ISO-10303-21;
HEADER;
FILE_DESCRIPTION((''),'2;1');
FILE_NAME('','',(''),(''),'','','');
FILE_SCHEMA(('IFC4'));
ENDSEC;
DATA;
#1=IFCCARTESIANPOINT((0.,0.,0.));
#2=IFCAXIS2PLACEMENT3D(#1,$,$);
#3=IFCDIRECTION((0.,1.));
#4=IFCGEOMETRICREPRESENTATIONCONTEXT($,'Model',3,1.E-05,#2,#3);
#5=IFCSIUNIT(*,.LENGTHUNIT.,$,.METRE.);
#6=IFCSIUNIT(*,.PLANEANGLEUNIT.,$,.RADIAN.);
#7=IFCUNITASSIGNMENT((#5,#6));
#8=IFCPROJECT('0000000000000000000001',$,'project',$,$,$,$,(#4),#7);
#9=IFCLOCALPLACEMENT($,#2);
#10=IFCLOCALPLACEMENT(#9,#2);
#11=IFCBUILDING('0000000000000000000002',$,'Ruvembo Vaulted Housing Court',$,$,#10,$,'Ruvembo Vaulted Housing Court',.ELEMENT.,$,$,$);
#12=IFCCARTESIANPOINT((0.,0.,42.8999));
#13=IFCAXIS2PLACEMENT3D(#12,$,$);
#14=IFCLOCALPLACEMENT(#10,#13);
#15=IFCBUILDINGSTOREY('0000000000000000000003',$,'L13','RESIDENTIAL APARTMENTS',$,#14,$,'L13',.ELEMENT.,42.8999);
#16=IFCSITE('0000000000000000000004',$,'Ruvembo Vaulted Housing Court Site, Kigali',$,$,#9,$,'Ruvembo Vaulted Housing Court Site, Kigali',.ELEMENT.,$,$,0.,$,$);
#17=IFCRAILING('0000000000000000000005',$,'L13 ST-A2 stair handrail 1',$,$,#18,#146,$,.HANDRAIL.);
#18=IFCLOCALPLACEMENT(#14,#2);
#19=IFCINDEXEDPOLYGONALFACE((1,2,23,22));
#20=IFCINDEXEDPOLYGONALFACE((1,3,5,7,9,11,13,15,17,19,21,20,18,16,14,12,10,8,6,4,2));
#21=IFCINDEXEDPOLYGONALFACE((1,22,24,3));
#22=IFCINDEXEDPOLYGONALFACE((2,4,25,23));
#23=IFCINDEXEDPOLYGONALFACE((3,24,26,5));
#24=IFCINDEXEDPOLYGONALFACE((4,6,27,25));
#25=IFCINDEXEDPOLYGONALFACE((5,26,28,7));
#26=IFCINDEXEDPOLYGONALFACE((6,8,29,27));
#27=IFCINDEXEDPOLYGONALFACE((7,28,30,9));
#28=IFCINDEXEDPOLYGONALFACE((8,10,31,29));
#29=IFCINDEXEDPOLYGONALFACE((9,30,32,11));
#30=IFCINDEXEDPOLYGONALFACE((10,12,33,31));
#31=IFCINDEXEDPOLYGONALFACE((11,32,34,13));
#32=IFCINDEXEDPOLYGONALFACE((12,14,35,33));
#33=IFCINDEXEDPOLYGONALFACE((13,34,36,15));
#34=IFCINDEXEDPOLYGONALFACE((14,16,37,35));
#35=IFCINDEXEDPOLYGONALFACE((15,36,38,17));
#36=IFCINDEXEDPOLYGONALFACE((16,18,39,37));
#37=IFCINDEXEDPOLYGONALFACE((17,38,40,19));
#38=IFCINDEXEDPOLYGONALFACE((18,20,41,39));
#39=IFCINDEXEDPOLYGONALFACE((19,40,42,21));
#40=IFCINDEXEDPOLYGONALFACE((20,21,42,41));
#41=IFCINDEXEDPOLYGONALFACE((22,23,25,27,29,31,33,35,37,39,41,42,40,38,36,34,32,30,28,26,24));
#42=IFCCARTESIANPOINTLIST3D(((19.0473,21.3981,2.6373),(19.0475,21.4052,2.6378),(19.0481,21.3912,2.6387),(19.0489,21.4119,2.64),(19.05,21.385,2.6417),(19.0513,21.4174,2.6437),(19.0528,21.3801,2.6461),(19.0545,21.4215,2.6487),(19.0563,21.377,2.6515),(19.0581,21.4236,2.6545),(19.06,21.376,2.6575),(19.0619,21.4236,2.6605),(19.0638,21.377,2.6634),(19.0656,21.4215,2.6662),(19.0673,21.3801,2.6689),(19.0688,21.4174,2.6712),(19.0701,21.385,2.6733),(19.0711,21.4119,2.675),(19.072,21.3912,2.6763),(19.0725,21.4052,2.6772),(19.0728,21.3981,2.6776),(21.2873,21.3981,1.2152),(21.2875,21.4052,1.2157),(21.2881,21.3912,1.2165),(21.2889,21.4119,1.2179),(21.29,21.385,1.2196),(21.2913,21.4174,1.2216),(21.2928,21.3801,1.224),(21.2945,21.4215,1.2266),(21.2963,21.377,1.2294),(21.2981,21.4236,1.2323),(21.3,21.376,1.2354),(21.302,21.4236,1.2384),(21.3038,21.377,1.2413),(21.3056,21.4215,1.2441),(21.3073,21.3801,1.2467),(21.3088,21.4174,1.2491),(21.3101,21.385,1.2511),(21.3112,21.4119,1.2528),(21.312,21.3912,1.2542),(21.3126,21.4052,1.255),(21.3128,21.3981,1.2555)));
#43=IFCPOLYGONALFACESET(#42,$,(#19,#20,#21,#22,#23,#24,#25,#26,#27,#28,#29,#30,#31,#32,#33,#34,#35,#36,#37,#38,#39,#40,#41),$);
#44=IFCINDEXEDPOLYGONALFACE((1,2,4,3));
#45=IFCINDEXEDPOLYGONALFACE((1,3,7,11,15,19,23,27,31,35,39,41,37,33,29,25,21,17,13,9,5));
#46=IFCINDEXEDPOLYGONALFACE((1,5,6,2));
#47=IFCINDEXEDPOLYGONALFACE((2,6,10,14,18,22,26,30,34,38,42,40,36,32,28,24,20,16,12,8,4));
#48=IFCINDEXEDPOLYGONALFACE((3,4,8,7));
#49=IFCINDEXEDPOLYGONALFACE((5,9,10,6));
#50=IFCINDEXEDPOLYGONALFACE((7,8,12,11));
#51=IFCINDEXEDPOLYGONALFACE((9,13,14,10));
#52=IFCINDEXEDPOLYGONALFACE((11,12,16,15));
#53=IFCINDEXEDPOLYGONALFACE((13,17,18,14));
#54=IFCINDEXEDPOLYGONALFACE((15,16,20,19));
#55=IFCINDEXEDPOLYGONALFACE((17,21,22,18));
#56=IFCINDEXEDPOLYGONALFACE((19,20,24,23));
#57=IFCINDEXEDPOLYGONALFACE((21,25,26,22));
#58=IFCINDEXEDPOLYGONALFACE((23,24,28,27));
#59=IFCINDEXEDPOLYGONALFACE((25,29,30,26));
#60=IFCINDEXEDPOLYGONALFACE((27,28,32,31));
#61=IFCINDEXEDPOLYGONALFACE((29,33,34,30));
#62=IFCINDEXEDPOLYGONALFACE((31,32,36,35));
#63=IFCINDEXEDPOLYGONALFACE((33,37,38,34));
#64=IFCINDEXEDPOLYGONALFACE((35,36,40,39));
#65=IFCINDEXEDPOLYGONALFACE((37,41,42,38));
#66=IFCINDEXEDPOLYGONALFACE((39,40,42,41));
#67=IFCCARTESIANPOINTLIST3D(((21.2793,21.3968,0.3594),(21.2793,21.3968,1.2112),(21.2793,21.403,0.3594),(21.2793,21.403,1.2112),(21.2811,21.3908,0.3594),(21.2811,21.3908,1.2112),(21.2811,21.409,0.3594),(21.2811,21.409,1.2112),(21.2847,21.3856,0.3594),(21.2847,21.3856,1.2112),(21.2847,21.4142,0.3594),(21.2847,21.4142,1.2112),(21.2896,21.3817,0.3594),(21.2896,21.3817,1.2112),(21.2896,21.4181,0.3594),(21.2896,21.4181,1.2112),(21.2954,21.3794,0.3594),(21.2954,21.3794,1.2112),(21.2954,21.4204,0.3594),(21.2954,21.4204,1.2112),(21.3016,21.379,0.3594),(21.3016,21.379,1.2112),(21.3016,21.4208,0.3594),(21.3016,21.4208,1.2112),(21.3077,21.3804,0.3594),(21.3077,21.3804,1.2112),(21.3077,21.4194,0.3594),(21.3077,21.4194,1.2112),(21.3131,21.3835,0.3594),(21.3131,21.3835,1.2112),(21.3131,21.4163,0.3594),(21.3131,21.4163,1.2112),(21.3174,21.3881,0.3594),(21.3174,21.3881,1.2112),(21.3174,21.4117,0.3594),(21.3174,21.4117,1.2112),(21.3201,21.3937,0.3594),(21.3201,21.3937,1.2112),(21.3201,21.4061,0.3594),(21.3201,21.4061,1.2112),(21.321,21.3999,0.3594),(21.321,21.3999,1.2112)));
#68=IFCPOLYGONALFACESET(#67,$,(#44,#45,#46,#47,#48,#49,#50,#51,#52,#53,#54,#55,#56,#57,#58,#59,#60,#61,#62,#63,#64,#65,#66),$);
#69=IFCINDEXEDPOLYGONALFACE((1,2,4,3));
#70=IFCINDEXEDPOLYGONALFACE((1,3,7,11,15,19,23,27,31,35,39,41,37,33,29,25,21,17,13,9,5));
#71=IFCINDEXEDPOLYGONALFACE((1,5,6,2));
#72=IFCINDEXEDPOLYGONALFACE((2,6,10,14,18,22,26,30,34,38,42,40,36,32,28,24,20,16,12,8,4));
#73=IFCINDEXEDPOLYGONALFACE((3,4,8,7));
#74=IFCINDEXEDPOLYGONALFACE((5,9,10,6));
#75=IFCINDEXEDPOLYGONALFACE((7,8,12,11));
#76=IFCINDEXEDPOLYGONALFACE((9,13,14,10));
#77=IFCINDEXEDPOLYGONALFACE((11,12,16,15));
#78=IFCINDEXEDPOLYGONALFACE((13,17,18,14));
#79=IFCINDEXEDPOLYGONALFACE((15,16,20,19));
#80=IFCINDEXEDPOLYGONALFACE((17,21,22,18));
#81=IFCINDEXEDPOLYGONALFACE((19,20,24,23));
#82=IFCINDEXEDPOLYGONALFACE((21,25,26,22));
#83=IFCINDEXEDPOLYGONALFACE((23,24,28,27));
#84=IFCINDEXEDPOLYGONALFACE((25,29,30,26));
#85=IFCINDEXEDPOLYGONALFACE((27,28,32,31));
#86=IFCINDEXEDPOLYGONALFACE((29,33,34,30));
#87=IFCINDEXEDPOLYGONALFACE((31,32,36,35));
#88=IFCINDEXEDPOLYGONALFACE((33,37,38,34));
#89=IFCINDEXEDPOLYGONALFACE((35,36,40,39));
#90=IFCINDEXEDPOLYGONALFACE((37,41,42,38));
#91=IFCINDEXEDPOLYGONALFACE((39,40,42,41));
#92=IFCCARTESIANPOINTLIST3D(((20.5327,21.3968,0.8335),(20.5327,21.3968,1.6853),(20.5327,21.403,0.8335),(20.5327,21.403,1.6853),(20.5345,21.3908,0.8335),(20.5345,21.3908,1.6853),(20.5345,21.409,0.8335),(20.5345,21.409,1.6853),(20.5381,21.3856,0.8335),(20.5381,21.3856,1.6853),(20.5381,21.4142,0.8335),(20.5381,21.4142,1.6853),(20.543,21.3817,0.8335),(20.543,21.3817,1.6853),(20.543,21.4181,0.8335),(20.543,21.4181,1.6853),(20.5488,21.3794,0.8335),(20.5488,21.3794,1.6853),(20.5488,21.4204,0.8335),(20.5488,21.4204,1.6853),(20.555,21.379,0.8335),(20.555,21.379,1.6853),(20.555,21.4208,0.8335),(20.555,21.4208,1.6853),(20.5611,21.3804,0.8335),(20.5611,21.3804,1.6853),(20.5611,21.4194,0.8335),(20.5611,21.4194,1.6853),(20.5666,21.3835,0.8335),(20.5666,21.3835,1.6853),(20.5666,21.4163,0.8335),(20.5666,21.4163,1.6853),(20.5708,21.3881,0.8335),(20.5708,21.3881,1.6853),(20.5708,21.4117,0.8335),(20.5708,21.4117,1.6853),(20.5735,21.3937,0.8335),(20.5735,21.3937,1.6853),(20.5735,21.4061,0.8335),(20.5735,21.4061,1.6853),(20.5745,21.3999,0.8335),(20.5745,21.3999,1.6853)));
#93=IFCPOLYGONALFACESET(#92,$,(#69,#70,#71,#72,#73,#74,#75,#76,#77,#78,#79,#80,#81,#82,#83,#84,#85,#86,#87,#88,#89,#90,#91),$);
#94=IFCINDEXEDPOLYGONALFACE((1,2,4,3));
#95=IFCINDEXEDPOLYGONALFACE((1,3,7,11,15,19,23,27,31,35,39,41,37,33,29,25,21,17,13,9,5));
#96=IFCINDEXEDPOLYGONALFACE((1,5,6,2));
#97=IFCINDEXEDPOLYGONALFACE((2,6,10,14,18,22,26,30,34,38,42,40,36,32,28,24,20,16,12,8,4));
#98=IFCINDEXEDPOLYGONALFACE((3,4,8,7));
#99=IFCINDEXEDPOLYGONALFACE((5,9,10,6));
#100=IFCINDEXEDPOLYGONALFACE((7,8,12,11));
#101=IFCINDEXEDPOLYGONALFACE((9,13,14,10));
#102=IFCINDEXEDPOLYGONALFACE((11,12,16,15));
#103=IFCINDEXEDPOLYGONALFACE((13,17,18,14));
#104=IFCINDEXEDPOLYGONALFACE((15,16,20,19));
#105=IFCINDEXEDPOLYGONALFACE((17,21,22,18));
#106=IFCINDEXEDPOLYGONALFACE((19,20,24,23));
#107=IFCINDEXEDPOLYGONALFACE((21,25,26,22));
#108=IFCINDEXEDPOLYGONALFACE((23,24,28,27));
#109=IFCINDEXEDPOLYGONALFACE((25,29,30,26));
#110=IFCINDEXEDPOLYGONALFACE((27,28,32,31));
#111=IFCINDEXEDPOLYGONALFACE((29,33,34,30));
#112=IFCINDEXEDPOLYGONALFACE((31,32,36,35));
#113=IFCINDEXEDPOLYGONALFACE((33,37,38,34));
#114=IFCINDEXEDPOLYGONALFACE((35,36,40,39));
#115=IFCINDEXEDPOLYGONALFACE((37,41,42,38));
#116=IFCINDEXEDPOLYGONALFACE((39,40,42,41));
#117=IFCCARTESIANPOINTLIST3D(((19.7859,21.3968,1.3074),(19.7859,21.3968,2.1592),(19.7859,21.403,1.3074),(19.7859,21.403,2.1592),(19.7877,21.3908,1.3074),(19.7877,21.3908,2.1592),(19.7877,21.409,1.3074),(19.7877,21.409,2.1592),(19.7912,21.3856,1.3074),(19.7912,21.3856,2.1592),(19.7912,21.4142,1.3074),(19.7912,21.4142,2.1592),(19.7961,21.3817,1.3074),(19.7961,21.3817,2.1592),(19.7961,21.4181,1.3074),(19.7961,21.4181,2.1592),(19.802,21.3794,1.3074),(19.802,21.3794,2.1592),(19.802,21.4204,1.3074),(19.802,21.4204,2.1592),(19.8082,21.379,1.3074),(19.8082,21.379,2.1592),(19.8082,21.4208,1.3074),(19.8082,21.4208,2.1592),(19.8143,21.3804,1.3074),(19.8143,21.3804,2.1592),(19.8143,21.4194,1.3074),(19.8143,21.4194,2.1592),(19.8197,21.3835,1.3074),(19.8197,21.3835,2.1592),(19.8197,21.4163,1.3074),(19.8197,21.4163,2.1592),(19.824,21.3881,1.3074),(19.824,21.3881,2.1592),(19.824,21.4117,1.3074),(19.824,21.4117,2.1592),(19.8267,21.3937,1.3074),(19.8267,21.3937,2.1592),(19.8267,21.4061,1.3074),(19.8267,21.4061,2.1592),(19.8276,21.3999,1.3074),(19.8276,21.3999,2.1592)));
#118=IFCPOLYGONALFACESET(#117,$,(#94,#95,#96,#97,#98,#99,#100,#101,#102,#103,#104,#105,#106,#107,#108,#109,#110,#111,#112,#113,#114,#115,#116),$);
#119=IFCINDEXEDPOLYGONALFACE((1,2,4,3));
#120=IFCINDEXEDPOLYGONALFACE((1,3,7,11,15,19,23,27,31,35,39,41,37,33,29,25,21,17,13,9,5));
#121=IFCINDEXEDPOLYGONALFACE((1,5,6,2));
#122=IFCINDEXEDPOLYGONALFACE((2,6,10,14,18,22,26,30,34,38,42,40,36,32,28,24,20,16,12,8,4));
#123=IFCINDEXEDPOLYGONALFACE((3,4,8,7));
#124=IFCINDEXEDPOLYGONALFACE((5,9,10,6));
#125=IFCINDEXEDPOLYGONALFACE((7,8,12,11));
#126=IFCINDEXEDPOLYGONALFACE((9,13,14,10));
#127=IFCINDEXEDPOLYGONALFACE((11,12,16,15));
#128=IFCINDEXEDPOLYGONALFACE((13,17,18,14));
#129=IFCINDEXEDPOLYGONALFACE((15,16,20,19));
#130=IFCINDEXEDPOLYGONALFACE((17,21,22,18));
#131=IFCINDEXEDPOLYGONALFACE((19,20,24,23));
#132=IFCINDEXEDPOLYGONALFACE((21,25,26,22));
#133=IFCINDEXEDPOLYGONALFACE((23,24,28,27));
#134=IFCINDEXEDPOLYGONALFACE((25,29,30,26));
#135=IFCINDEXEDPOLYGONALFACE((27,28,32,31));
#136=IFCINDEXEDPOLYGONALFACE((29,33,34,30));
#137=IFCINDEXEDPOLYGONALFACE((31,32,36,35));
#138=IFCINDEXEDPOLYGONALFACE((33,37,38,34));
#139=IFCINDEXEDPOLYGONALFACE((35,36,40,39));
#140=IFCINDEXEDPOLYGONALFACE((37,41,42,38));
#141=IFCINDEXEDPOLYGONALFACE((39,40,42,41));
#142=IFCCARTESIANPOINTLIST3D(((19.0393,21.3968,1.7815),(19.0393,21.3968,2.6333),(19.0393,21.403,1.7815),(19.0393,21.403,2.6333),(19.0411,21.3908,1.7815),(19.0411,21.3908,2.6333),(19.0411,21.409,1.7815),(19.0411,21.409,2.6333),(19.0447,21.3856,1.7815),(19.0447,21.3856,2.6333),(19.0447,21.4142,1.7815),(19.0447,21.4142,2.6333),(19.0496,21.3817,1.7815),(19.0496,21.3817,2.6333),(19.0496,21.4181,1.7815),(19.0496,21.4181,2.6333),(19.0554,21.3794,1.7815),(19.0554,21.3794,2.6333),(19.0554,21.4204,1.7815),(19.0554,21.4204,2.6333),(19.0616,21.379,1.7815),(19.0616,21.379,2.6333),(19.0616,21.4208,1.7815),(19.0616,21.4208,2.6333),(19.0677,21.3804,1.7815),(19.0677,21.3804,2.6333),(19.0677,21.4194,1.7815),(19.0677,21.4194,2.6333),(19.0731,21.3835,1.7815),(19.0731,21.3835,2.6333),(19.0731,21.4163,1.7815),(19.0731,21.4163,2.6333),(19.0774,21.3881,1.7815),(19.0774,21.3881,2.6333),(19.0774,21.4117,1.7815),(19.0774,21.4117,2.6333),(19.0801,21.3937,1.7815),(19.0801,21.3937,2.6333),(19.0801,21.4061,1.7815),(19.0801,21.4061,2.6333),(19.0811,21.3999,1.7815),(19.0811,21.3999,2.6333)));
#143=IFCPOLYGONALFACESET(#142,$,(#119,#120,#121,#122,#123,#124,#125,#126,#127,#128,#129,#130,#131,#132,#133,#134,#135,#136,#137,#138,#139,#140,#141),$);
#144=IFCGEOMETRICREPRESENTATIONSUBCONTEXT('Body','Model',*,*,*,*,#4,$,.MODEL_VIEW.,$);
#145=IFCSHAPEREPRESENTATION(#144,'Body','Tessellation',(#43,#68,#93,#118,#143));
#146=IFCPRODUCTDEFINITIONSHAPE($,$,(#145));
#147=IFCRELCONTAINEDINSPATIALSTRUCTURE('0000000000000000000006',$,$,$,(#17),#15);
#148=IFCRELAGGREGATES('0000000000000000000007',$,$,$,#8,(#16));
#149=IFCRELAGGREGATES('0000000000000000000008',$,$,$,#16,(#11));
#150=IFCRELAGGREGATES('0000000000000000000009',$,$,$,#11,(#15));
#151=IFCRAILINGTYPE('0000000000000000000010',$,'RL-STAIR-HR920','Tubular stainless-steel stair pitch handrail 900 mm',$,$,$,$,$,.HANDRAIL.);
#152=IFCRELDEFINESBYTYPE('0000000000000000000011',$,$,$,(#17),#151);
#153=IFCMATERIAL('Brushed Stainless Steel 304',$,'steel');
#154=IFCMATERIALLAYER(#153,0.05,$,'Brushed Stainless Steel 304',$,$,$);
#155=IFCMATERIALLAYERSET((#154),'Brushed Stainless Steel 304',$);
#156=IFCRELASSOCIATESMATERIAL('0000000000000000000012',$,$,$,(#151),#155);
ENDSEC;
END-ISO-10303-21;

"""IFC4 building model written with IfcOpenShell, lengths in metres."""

from ifc_helpers import new_model, si_unit, direction, frame, origin, origin_2d, place, context, subcontext, project, spatial, circle, extrude, material, layer, layer_set, type_object, element, save


model = new_model("IFC4")

# Units and contexts
model_context = context("Model", 3, precision=1e-05, world=origin(), true_north=direction((0.0, 1.0)))
body_context = subcontext(model_context, "Body", "Model", "MODEL_VIEW")
ifc_project = project(units=[si_unit("LENGTHUNIT", "METRE"), si_unit("PLANEANGLEUNIT", "RADIAN")], contexts=[model_context])

# Site, building, storey
site_placement = place(None, origin())
site = spatial("IfcSite", under=ifc_project, at=site_placement, Name="Ruvembo Vaulted Housing Court Site, Kigali", LongName="Ruvembo Vaulted Housing Court Site, Kigali", CompositionType="ELEMENT", RefElevation=0.0)
building_placement = place(site_placement, origin())
building = spatial("IfcBuilding", under=site, at=building_placement, Name="Ruvembo Vaulted Housing Court", LongName="Ruvembo Vaulted Housing Court", CompositionType="ELEMENT")
storey_placement = place(building_placement, frame((0.0, 0.0, 42.8999)))
storey = spatial("IfcBuildingStorey", under=building, at=storey_placement, Name="L13", Description="RESIDENTIAL APARTMENTS", LongName="L13", CompositionType="ELEMENT", Elevation=42.8999)

# Shared definitions
ifc_material_1 = material(Name="Brushed Stainless Steel 304", Category="steel")

# Railing
ifc_layer_1 = layer(ifc_material_1, 0.05, Name="Brushed Stainless Steel 304")
ifc_layer_set_1 = layer_set([ifc_layer_1], Name="Brushed Stainless Steel 304")
railing_type_1 = type_object("IfcRailingType", Name="RL-STAIR-HR920", Description="Tubular stainless-steel stair pitch handrail 900 mm", PredefinedType="HANDRAIL", material=ifc_layer_set_1)
railing_1_placement = place(storey_placement, frame((21.3, 21.3999, 0.3594)))
element("IfcRailing", 1, at=railing_1_placement, inside=storey, type_object=railing_type_1, Name="L13 ST-A2 stair handrail 1", PredefinedType="HANDRAIL", context=body_context, shape_type="SweptSolid", body=[
    extrude(circle(Radius=0.0239, at=origin_2d()), frame((0.0, 0.0, 0.876), z_axis=(-0.844229, 0.0, 0.535982), x_axis=(0.0, -1.0, 0.0)), (0.0, 0.0, 1.0), 2.6533),
    extrude(circle(Radius=0.021, at=origin_2d()), origin(), (0.0, 0.0, 1.0), 0.8518),
    extrude(circle(Radius=0.021, at=origin_2d()), frame((-0.7466, 0.0, 0.4741)), (0.0, 0.0, 1.0), 0.8518),
    extrude(circle(Radius=0.021, at=origin_2d()), frame((-1.4934, 0.0, 0.948)), (0.0, 0.0, 1.0), 0.8518),
    extrude(circle(Radius=0.021, at=origin_2d()), frame((-2.24, 0.0, 1.4221)), (0.0, 0.0, 1.0), 0.8518),
])

save(model, "model.ifc")
